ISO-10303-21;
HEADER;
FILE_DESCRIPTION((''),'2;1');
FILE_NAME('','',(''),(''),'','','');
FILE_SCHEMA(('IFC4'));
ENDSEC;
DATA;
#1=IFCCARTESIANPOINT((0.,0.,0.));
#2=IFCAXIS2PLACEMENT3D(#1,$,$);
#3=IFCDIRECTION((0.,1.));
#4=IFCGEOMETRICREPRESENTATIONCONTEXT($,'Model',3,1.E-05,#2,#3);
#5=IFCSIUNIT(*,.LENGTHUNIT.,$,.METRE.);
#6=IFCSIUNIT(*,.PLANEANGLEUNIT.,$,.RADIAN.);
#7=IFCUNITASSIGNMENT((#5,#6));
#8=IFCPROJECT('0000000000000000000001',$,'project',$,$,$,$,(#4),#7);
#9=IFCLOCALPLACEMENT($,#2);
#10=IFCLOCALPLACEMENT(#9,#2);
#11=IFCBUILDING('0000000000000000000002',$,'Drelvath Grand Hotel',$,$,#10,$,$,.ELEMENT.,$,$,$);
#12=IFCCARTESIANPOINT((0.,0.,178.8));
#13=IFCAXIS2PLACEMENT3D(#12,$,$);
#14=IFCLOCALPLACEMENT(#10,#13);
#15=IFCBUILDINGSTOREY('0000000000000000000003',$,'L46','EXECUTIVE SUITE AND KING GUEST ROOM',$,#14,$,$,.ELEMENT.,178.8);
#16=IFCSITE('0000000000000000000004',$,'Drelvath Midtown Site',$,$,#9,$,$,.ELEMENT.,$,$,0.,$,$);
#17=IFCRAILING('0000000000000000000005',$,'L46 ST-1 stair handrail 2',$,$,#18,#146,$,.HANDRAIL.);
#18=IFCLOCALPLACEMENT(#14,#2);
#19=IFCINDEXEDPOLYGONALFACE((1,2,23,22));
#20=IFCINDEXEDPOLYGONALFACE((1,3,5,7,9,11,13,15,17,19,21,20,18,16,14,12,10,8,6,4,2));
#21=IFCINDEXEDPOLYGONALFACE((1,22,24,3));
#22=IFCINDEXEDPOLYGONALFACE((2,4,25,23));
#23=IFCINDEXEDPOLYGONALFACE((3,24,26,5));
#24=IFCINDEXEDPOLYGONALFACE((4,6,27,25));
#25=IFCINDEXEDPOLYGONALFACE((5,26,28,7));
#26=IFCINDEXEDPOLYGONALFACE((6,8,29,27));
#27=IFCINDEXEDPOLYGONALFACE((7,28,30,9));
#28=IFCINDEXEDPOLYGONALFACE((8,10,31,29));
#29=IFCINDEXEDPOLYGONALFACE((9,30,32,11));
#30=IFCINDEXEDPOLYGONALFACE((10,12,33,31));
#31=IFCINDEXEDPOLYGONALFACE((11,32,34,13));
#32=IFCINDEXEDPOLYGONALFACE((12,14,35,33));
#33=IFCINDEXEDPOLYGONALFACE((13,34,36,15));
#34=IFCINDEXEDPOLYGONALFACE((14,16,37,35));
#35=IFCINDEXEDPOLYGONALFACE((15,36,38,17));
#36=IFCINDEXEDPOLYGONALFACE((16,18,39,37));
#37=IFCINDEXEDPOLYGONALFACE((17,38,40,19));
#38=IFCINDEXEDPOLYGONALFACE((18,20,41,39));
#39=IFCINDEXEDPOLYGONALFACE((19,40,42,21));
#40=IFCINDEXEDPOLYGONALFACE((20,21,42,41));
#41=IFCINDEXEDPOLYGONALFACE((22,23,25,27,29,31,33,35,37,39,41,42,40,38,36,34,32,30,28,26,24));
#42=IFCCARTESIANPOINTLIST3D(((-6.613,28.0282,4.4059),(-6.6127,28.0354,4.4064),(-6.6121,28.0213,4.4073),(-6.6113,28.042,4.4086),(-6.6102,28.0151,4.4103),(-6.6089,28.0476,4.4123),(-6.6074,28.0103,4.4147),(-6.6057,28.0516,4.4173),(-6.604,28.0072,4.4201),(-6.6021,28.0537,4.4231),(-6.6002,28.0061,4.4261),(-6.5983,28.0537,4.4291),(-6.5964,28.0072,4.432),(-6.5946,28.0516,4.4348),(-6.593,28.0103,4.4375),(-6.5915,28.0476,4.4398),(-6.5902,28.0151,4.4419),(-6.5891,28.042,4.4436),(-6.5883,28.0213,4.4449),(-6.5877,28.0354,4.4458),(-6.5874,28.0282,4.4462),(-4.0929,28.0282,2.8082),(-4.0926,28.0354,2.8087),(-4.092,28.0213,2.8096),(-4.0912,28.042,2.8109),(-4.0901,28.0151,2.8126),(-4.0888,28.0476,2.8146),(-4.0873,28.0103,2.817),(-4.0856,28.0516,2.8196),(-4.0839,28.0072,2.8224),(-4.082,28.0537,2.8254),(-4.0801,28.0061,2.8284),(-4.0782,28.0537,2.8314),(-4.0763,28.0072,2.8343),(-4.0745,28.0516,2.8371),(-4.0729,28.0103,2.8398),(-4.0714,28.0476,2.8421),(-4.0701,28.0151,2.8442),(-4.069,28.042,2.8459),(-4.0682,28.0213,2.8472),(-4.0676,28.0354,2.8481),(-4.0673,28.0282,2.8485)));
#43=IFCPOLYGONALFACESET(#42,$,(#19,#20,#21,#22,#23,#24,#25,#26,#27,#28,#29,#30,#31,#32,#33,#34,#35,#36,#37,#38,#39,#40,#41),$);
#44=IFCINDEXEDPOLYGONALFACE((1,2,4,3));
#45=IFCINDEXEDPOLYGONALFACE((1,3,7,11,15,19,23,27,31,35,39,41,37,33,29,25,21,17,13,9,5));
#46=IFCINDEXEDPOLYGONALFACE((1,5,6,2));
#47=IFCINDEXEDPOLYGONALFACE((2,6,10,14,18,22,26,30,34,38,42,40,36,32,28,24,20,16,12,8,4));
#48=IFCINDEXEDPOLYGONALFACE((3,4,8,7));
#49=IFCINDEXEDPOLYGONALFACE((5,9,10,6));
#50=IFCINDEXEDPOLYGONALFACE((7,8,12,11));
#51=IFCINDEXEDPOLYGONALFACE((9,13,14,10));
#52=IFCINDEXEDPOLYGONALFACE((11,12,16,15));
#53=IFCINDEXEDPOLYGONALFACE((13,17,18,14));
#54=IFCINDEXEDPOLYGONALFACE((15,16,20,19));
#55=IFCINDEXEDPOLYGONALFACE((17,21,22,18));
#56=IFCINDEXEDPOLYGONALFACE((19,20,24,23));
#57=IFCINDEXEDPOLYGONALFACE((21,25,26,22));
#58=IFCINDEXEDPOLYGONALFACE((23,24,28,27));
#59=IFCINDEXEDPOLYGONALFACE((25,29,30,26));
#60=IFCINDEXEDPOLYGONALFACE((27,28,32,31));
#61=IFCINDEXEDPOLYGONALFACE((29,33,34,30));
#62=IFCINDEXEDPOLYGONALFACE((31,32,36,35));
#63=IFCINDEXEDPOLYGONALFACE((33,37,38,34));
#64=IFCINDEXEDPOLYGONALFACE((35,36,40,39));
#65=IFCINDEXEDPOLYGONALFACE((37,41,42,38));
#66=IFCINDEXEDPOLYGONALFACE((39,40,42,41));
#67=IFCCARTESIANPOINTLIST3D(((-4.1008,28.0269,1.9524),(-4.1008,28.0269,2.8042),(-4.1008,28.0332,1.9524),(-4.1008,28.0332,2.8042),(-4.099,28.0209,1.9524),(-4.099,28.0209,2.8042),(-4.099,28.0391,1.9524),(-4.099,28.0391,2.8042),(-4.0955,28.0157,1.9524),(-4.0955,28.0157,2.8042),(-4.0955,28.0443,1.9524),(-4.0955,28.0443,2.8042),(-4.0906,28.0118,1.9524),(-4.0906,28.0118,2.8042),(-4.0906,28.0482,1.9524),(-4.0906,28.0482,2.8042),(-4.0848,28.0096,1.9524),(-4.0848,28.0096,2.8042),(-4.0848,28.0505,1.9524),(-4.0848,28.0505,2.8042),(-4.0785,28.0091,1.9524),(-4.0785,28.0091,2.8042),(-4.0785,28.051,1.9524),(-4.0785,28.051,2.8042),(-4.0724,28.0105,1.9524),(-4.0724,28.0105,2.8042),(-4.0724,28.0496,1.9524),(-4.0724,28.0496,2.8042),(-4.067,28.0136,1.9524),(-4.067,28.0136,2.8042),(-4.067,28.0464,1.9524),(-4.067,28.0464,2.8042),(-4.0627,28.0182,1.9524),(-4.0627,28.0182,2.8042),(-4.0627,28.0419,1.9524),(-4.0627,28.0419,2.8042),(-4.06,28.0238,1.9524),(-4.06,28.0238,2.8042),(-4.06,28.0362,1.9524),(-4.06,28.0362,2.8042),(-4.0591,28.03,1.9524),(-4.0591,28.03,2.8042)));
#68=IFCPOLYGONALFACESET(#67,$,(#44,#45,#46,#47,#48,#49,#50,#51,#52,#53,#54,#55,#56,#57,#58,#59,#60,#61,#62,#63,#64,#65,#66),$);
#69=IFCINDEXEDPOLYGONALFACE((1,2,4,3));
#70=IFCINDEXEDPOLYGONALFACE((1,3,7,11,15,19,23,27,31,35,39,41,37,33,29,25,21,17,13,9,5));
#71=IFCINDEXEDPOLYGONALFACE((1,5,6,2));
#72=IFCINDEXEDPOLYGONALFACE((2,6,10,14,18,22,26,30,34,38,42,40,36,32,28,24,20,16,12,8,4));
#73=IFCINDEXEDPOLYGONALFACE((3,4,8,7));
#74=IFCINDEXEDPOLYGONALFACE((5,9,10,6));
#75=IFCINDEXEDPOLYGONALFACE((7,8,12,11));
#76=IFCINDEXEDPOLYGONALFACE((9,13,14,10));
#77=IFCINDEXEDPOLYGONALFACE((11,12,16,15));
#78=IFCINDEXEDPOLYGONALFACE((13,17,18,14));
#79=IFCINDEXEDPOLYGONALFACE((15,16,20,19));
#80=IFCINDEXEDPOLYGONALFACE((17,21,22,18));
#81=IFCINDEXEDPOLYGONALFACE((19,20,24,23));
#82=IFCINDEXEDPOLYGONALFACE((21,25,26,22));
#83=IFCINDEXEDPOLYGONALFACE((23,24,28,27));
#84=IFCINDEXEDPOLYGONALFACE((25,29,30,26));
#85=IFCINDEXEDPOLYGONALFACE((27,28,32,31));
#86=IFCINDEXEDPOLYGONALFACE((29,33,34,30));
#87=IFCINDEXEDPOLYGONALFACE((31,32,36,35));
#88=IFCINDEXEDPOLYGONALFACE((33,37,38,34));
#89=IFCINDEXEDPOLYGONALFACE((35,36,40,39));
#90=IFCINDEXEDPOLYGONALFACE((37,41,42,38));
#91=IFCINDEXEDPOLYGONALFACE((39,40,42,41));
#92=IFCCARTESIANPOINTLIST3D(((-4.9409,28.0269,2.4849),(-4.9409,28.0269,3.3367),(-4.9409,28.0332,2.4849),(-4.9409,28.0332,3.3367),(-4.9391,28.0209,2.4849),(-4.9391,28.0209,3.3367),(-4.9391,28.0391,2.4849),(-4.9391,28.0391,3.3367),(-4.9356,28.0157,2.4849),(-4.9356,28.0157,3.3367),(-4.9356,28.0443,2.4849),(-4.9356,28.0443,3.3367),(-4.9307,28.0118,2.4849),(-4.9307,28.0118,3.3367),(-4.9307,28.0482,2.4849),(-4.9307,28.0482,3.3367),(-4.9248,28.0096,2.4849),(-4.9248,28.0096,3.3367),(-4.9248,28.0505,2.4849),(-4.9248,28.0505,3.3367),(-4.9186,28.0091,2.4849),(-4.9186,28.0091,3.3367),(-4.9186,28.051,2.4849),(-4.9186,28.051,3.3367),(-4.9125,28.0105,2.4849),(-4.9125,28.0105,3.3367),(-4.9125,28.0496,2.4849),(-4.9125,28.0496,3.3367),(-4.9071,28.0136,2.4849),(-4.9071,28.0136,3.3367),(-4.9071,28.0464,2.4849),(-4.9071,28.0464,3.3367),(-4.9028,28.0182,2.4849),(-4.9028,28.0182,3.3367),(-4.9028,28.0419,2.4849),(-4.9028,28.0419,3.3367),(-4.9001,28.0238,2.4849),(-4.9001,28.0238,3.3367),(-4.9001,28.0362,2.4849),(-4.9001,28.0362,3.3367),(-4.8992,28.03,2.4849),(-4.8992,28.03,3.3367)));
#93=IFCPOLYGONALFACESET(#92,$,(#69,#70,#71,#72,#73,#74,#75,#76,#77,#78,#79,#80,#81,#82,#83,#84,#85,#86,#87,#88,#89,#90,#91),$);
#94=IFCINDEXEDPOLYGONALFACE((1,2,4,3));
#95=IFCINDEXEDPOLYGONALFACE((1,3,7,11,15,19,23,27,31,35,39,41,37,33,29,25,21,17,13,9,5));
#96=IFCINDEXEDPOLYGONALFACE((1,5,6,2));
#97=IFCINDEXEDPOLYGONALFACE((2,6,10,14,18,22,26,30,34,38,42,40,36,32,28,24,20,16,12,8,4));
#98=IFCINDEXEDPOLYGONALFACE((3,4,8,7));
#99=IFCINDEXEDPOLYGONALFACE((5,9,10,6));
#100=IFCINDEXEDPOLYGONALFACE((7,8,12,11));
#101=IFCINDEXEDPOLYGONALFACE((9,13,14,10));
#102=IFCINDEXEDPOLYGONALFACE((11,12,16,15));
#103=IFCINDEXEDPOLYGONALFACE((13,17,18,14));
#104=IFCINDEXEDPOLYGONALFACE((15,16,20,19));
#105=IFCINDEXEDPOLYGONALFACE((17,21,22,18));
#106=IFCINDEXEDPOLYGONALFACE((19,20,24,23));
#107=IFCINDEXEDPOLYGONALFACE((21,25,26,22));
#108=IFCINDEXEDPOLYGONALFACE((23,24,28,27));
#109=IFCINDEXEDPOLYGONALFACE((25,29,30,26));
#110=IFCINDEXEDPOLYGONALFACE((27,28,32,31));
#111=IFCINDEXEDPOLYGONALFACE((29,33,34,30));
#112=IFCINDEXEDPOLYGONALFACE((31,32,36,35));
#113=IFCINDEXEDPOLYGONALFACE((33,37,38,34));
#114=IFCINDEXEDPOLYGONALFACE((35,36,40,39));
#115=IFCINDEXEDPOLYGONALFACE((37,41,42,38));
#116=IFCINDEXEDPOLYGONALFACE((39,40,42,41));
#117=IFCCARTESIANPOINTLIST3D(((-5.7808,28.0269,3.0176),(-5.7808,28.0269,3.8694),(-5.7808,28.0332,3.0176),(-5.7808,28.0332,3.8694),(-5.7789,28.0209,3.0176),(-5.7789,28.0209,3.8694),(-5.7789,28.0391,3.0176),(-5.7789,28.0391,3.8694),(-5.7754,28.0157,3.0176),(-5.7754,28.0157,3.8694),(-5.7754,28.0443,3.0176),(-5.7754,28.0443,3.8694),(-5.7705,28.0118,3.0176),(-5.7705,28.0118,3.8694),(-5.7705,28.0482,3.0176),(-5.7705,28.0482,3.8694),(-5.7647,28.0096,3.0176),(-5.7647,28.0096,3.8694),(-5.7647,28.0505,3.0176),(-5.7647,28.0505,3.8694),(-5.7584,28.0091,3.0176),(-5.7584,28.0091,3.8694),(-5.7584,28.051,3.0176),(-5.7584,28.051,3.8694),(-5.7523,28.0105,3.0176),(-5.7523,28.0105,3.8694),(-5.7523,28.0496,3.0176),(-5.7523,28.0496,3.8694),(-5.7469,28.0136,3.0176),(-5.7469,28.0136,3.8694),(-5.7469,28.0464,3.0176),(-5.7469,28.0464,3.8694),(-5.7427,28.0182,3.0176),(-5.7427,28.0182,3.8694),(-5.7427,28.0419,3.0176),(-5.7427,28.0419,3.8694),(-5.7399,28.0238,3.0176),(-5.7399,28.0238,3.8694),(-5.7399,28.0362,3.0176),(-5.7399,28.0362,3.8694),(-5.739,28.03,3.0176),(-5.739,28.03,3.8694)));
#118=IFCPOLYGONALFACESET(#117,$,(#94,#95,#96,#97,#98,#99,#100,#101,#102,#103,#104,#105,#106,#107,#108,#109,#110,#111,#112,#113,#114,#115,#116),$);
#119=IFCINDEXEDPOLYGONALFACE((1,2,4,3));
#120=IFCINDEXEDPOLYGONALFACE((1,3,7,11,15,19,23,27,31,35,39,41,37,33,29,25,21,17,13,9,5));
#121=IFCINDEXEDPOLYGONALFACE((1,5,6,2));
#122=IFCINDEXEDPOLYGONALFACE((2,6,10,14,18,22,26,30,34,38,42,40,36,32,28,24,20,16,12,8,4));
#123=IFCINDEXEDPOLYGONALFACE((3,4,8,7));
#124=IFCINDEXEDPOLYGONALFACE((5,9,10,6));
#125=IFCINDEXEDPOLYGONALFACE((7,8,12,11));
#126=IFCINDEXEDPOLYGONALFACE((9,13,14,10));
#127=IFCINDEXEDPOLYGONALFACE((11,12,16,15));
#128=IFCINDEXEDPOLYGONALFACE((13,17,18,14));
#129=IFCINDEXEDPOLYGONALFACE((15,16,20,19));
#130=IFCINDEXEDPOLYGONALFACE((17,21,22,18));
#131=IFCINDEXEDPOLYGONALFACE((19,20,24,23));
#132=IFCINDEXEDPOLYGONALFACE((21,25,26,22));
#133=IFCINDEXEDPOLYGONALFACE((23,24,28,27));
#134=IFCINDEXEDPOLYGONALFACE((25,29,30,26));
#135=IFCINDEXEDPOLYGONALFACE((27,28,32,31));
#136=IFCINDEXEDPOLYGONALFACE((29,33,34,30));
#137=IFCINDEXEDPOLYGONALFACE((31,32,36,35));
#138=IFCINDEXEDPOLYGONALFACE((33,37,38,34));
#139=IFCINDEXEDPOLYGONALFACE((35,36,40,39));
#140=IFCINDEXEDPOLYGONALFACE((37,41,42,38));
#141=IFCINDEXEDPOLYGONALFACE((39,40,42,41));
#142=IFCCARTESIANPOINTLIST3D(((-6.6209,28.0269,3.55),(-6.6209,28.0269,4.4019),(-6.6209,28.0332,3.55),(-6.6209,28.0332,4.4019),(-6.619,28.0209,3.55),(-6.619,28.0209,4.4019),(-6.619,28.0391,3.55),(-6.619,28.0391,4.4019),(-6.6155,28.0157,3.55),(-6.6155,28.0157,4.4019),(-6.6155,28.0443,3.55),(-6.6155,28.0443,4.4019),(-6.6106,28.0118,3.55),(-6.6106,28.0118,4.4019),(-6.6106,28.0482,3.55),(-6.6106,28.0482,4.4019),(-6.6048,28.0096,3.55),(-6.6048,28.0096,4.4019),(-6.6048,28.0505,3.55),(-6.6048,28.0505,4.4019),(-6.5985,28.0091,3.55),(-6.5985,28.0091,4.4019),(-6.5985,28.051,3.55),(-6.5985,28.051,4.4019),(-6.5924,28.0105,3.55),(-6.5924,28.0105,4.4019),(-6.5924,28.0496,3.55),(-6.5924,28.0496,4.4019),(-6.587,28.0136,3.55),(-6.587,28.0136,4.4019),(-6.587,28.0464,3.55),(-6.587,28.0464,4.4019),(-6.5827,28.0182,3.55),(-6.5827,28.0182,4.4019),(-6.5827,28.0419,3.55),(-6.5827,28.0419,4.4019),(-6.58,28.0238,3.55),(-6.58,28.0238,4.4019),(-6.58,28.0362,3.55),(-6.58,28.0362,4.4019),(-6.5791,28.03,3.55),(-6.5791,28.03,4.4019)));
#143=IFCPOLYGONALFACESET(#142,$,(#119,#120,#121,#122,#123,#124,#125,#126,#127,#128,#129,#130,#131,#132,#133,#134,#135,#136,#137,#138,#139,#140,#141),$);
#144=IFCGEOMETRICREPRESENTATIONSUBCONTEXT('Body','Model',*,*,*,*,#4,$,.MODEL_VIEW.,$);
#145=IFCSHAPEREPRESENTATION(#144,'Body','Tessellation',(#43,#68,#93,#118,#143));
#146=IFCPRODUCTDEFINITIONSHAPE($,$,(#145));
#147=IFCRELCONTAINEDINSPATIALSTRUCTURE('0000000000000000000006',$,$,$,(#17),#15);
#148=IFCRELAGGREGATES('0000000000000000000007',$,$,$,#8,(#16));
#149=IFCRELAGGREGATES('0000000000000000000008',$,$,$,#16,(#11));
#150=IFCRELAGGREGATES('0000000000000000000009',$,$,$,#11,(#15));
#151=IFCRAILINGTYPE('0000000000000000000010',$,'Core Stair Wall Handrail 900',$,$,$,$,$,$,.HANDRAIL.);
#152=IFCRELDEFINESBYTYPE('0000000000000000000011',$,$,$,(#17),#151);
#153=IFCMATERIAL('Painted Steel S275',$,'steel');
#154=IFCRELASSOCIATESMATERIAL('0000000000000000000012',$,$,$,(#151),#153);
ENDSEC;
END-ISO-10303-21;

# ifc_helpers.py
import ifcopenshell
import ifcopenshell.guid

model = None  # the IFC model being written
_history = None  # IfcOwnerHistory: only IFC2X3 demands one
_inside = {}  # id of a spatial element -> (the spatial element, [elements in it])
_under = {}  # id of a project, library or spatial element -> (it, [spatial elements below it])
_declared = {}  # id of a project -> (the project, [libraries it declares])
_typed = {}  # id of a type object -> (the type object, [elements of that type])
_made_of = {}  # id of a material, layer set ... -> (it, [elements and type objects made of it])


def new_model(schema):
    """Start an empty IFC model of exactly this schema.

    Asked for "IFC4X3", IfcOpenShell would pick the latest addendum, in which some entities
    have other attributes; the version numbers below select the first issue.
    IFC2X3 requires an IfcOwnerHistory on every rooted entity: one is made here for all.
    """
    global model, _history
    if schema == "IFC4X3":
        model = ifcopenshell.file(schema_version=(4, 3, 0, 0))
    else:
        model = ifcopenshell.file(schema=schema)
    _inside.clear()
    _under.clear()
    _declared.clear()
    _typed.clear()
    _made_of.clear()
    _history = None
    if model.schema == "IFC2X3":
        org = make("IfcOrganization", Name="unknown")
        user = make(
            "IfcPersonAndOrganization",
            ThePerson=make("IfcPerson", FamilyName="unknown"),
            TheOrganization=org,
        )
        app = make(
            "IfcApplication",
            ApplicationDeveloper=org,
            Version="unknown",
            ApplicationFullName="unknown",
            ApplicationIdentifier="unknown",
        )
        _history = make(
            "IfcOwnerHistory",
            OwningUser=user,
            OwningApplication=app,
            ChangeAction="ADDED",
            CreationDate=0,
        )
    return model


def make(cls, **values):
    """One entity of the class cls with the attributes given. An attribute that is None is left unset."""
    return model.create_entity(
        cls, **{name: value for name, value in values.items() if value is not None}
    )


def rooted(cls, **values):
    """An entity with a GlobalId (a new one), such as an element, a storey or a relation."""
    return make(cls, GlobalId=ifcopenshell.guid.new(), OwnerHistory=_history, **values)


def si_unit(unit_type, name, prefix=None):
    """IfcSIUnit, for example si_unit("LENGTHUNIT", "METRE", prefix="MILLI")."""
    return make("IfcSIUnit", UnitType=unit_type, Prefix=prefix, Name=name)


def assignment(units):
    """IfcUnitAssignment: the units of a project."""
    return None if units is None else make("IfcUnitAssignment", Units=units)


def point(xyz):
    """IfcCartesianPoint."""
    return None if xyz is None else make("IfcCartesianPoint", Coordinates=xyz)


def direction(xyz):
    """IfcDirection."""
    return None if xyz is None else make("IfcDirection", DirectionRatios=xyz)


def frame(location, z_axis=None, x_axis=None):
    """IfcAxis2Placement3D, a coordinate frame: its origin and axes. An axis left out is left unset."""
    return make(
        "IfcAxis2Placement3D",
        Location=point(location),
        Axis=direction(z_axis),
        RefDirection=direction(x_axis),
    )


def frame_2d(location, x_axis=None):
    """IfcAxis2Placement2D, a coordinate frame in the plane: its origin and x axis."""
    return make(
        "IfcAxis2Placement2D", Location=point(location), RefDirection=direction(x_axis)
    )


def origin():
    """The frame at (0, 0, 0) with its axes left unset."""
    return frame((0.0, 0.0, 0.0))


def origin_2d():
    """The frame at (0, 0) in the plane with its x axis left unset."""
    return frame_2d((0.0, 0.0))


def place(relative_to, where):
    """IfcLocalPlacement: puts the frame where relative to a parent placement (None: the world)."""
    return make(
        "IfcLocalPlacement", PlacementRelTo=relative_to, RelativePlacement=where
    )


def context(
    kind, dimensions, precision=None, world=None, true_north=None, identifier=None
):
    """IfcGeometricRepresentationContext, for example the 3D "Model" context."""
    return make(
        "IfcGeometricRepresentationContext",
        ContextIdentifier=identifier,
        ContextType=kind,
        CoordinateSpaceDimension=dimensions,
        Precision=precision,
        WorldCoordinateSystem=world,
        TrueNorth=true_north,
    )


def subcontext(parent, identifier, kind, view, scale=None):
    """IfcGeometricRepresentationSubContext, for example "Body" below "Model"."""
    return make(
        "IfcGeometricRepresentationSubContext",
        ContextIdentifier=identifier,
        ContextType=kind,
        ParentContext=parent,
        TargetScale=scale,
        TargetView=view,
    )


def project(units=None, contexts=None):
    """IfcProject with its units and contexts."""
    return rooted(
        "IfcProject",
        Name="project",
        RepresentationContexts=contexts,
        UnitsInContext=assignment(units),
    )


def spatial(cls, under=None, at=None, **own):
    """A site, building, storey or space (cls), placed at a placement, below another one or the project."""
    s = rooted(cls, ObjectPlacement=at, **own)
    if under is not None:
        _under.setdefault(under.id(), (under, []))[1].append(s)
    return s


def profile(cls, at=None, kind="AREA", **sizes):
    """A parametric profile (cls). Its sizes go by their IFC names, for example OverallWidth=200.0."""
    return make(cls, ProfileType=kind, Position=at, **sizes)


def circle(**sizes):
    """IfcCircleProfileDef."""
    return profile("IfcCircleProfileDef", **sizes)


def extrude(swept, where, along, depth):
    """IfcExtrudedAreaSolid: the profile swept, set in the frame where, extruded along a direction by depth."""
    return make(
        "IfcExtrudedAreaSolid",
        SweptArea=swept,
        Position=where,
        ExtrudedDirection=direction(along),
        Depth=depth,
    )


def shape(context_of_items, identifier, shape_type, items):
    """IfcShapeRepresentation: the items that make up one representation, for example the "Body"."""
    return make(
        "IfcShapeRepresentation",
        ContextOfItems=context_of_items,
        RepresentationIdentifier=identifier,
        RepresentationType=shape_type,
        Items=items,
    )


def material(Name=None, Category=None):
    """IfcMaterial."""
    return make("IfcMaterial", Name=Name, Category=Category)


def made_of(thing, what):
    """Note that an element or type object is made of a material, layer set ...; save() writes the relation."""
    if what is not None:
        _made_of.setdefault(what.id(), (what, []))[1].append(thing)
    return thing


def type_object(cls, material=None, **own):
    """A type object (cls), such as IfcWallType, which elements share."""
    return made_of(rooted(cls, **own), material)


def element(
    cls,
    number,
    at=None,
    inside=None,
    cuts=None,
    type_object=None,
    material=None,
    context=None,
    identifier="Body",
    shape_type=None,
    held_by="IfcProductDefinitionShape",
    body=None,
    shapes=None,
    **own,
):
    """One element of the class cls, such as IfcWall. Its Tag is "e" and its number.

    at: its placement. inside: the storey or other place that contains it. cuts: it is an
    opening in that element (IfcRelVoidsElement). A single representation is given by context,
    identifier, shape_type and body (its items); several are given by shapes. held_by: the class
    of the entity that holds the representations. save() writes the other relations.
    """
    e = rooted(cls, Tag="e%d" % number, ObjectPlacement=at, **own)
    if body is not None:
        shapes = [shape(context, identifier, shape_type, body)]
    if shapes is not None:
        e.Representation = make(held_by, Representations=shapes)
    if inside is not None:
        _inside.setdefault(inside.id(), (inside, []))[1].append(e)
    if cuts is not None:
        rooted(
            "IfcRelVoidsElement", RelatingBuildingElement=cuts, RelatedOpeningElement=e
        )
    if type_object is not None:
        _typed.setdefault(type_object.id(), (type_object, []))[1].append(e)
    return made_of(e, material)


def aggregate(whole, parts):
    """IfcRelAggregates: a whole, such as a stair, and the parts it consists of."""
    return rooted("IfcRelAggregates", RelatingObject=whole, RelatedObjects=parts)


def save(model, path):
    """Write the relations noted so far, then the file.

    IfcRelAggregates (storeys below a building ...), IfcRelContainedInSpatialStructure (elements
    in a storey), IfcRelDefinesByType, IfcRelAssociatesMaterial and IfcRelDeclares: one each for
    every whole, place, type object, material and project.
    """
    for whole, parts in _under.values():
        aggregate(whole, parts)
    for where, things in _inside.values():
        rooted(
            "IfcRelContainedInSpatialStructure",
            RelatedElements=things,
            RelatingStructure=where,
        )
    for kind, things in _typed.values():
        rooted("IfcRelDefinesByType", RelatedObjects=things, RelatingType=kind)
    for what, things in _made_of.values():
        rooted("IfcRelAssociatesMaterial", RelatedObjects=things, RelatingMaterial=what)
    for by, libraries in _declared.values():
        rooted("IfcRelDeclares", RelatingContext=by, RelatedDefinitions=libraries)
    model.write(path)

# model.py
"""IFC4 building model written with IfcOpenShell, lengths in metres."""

from ifc_helpers import new_model, si_unit, direction, frame, origin, origin_2d, place, context, subcontext, project, spatial, circle, extrude, material, type_object, element, save


model = new_model("IFC4")

# Units and contexts
model_context = context("Model", 3, precision=1e-05, world=origin(), true_north=direction((0.0, 1.0)))
body_context = subcontext(model_context, "Body", "Model", "MODEL_VIEW")
ifc_project = project(units=[si_unit("LENGTHUNIT", "METRE"), si_unit("PLANEANGLEUNIT", "RADIAN")], contexts=[model_context])

# Site, building, storey
site_placement = place(None, origin())
site = spatial("IfcSite", under=ifc_project, at=site_placement, Name="Drelvath Midtown Site", CompositionType="ELEMENT", RefElevation=0.0)
building_placement = place(site_placement, origin())
building = spatial("IfcBuilding", under=site, at=building_placement, Name="Drelvath Grand Hotel", CompositionType="ELEMENT")
storey_placement = place(building_placement, frame((0.0, 0.0, 178.8)))
storey = spatial("IfcBuildingStorey", under=building, at=storey_placement, Name="L46", Description="EXECUTIVE SUITE AND KING GUEST ROOM", CompositionType="ELEMENT", Elevation=178.8)

# Shared definitions
ifc_material_1 = material(Name="Painted Steel S275", Category="steel")

# Railing
railing_type_1 = type_object("IfcRailingType", Name="Core Stair Wall Handrail 900", PredefinedType="HANDRAIL", material=ifc_material_1)
railing_1_placement = place(storey_placement, frame((-4.0801, 28.03, 1.9524)))
element("IfcRailing", 1, at=railing_1_placement, inside=storey, type_object=railing_type_1, Name="L46 ST-1 stair handrail 2", PredefinedType="HANDRAIL", context=body_context, shape_type="SweptSolid", body=[
    extrude(circle(Radius=0.0239, at=origin_2d()), frame((0.0, 0.0, 0.876), z_axis=(-0.84457, 0.0, 0.535445), x_axis=(0.0, -1.0, 0.0)), (0.0, 0.0, 1.0), 2.9839),
    extrude(circle(Radius=0.021, at=origin_2d()), origin(), (0.0, 0.0, 1.0), 0.8518),
    extrude(circle(Radius=0.021, at=origin_2d()), frame((-0.8401, 0.0, 0.5325)), (0.0, 0.0, 1.0), 0.8518),
    extrude(circle(Radius=0.021, at=origin_2d()), frame((-1.6799, 0.0, 1.0652)), (0.0, 0.0, 1.0), 0.8518),
    extrude(circle(Radius=0.021, at=origin_2d()), frame((-2.52, 0.0, 1.5977)), (0.0, 0.0, 1.0), 0.8518),
])

save(model, "model.ifc")
